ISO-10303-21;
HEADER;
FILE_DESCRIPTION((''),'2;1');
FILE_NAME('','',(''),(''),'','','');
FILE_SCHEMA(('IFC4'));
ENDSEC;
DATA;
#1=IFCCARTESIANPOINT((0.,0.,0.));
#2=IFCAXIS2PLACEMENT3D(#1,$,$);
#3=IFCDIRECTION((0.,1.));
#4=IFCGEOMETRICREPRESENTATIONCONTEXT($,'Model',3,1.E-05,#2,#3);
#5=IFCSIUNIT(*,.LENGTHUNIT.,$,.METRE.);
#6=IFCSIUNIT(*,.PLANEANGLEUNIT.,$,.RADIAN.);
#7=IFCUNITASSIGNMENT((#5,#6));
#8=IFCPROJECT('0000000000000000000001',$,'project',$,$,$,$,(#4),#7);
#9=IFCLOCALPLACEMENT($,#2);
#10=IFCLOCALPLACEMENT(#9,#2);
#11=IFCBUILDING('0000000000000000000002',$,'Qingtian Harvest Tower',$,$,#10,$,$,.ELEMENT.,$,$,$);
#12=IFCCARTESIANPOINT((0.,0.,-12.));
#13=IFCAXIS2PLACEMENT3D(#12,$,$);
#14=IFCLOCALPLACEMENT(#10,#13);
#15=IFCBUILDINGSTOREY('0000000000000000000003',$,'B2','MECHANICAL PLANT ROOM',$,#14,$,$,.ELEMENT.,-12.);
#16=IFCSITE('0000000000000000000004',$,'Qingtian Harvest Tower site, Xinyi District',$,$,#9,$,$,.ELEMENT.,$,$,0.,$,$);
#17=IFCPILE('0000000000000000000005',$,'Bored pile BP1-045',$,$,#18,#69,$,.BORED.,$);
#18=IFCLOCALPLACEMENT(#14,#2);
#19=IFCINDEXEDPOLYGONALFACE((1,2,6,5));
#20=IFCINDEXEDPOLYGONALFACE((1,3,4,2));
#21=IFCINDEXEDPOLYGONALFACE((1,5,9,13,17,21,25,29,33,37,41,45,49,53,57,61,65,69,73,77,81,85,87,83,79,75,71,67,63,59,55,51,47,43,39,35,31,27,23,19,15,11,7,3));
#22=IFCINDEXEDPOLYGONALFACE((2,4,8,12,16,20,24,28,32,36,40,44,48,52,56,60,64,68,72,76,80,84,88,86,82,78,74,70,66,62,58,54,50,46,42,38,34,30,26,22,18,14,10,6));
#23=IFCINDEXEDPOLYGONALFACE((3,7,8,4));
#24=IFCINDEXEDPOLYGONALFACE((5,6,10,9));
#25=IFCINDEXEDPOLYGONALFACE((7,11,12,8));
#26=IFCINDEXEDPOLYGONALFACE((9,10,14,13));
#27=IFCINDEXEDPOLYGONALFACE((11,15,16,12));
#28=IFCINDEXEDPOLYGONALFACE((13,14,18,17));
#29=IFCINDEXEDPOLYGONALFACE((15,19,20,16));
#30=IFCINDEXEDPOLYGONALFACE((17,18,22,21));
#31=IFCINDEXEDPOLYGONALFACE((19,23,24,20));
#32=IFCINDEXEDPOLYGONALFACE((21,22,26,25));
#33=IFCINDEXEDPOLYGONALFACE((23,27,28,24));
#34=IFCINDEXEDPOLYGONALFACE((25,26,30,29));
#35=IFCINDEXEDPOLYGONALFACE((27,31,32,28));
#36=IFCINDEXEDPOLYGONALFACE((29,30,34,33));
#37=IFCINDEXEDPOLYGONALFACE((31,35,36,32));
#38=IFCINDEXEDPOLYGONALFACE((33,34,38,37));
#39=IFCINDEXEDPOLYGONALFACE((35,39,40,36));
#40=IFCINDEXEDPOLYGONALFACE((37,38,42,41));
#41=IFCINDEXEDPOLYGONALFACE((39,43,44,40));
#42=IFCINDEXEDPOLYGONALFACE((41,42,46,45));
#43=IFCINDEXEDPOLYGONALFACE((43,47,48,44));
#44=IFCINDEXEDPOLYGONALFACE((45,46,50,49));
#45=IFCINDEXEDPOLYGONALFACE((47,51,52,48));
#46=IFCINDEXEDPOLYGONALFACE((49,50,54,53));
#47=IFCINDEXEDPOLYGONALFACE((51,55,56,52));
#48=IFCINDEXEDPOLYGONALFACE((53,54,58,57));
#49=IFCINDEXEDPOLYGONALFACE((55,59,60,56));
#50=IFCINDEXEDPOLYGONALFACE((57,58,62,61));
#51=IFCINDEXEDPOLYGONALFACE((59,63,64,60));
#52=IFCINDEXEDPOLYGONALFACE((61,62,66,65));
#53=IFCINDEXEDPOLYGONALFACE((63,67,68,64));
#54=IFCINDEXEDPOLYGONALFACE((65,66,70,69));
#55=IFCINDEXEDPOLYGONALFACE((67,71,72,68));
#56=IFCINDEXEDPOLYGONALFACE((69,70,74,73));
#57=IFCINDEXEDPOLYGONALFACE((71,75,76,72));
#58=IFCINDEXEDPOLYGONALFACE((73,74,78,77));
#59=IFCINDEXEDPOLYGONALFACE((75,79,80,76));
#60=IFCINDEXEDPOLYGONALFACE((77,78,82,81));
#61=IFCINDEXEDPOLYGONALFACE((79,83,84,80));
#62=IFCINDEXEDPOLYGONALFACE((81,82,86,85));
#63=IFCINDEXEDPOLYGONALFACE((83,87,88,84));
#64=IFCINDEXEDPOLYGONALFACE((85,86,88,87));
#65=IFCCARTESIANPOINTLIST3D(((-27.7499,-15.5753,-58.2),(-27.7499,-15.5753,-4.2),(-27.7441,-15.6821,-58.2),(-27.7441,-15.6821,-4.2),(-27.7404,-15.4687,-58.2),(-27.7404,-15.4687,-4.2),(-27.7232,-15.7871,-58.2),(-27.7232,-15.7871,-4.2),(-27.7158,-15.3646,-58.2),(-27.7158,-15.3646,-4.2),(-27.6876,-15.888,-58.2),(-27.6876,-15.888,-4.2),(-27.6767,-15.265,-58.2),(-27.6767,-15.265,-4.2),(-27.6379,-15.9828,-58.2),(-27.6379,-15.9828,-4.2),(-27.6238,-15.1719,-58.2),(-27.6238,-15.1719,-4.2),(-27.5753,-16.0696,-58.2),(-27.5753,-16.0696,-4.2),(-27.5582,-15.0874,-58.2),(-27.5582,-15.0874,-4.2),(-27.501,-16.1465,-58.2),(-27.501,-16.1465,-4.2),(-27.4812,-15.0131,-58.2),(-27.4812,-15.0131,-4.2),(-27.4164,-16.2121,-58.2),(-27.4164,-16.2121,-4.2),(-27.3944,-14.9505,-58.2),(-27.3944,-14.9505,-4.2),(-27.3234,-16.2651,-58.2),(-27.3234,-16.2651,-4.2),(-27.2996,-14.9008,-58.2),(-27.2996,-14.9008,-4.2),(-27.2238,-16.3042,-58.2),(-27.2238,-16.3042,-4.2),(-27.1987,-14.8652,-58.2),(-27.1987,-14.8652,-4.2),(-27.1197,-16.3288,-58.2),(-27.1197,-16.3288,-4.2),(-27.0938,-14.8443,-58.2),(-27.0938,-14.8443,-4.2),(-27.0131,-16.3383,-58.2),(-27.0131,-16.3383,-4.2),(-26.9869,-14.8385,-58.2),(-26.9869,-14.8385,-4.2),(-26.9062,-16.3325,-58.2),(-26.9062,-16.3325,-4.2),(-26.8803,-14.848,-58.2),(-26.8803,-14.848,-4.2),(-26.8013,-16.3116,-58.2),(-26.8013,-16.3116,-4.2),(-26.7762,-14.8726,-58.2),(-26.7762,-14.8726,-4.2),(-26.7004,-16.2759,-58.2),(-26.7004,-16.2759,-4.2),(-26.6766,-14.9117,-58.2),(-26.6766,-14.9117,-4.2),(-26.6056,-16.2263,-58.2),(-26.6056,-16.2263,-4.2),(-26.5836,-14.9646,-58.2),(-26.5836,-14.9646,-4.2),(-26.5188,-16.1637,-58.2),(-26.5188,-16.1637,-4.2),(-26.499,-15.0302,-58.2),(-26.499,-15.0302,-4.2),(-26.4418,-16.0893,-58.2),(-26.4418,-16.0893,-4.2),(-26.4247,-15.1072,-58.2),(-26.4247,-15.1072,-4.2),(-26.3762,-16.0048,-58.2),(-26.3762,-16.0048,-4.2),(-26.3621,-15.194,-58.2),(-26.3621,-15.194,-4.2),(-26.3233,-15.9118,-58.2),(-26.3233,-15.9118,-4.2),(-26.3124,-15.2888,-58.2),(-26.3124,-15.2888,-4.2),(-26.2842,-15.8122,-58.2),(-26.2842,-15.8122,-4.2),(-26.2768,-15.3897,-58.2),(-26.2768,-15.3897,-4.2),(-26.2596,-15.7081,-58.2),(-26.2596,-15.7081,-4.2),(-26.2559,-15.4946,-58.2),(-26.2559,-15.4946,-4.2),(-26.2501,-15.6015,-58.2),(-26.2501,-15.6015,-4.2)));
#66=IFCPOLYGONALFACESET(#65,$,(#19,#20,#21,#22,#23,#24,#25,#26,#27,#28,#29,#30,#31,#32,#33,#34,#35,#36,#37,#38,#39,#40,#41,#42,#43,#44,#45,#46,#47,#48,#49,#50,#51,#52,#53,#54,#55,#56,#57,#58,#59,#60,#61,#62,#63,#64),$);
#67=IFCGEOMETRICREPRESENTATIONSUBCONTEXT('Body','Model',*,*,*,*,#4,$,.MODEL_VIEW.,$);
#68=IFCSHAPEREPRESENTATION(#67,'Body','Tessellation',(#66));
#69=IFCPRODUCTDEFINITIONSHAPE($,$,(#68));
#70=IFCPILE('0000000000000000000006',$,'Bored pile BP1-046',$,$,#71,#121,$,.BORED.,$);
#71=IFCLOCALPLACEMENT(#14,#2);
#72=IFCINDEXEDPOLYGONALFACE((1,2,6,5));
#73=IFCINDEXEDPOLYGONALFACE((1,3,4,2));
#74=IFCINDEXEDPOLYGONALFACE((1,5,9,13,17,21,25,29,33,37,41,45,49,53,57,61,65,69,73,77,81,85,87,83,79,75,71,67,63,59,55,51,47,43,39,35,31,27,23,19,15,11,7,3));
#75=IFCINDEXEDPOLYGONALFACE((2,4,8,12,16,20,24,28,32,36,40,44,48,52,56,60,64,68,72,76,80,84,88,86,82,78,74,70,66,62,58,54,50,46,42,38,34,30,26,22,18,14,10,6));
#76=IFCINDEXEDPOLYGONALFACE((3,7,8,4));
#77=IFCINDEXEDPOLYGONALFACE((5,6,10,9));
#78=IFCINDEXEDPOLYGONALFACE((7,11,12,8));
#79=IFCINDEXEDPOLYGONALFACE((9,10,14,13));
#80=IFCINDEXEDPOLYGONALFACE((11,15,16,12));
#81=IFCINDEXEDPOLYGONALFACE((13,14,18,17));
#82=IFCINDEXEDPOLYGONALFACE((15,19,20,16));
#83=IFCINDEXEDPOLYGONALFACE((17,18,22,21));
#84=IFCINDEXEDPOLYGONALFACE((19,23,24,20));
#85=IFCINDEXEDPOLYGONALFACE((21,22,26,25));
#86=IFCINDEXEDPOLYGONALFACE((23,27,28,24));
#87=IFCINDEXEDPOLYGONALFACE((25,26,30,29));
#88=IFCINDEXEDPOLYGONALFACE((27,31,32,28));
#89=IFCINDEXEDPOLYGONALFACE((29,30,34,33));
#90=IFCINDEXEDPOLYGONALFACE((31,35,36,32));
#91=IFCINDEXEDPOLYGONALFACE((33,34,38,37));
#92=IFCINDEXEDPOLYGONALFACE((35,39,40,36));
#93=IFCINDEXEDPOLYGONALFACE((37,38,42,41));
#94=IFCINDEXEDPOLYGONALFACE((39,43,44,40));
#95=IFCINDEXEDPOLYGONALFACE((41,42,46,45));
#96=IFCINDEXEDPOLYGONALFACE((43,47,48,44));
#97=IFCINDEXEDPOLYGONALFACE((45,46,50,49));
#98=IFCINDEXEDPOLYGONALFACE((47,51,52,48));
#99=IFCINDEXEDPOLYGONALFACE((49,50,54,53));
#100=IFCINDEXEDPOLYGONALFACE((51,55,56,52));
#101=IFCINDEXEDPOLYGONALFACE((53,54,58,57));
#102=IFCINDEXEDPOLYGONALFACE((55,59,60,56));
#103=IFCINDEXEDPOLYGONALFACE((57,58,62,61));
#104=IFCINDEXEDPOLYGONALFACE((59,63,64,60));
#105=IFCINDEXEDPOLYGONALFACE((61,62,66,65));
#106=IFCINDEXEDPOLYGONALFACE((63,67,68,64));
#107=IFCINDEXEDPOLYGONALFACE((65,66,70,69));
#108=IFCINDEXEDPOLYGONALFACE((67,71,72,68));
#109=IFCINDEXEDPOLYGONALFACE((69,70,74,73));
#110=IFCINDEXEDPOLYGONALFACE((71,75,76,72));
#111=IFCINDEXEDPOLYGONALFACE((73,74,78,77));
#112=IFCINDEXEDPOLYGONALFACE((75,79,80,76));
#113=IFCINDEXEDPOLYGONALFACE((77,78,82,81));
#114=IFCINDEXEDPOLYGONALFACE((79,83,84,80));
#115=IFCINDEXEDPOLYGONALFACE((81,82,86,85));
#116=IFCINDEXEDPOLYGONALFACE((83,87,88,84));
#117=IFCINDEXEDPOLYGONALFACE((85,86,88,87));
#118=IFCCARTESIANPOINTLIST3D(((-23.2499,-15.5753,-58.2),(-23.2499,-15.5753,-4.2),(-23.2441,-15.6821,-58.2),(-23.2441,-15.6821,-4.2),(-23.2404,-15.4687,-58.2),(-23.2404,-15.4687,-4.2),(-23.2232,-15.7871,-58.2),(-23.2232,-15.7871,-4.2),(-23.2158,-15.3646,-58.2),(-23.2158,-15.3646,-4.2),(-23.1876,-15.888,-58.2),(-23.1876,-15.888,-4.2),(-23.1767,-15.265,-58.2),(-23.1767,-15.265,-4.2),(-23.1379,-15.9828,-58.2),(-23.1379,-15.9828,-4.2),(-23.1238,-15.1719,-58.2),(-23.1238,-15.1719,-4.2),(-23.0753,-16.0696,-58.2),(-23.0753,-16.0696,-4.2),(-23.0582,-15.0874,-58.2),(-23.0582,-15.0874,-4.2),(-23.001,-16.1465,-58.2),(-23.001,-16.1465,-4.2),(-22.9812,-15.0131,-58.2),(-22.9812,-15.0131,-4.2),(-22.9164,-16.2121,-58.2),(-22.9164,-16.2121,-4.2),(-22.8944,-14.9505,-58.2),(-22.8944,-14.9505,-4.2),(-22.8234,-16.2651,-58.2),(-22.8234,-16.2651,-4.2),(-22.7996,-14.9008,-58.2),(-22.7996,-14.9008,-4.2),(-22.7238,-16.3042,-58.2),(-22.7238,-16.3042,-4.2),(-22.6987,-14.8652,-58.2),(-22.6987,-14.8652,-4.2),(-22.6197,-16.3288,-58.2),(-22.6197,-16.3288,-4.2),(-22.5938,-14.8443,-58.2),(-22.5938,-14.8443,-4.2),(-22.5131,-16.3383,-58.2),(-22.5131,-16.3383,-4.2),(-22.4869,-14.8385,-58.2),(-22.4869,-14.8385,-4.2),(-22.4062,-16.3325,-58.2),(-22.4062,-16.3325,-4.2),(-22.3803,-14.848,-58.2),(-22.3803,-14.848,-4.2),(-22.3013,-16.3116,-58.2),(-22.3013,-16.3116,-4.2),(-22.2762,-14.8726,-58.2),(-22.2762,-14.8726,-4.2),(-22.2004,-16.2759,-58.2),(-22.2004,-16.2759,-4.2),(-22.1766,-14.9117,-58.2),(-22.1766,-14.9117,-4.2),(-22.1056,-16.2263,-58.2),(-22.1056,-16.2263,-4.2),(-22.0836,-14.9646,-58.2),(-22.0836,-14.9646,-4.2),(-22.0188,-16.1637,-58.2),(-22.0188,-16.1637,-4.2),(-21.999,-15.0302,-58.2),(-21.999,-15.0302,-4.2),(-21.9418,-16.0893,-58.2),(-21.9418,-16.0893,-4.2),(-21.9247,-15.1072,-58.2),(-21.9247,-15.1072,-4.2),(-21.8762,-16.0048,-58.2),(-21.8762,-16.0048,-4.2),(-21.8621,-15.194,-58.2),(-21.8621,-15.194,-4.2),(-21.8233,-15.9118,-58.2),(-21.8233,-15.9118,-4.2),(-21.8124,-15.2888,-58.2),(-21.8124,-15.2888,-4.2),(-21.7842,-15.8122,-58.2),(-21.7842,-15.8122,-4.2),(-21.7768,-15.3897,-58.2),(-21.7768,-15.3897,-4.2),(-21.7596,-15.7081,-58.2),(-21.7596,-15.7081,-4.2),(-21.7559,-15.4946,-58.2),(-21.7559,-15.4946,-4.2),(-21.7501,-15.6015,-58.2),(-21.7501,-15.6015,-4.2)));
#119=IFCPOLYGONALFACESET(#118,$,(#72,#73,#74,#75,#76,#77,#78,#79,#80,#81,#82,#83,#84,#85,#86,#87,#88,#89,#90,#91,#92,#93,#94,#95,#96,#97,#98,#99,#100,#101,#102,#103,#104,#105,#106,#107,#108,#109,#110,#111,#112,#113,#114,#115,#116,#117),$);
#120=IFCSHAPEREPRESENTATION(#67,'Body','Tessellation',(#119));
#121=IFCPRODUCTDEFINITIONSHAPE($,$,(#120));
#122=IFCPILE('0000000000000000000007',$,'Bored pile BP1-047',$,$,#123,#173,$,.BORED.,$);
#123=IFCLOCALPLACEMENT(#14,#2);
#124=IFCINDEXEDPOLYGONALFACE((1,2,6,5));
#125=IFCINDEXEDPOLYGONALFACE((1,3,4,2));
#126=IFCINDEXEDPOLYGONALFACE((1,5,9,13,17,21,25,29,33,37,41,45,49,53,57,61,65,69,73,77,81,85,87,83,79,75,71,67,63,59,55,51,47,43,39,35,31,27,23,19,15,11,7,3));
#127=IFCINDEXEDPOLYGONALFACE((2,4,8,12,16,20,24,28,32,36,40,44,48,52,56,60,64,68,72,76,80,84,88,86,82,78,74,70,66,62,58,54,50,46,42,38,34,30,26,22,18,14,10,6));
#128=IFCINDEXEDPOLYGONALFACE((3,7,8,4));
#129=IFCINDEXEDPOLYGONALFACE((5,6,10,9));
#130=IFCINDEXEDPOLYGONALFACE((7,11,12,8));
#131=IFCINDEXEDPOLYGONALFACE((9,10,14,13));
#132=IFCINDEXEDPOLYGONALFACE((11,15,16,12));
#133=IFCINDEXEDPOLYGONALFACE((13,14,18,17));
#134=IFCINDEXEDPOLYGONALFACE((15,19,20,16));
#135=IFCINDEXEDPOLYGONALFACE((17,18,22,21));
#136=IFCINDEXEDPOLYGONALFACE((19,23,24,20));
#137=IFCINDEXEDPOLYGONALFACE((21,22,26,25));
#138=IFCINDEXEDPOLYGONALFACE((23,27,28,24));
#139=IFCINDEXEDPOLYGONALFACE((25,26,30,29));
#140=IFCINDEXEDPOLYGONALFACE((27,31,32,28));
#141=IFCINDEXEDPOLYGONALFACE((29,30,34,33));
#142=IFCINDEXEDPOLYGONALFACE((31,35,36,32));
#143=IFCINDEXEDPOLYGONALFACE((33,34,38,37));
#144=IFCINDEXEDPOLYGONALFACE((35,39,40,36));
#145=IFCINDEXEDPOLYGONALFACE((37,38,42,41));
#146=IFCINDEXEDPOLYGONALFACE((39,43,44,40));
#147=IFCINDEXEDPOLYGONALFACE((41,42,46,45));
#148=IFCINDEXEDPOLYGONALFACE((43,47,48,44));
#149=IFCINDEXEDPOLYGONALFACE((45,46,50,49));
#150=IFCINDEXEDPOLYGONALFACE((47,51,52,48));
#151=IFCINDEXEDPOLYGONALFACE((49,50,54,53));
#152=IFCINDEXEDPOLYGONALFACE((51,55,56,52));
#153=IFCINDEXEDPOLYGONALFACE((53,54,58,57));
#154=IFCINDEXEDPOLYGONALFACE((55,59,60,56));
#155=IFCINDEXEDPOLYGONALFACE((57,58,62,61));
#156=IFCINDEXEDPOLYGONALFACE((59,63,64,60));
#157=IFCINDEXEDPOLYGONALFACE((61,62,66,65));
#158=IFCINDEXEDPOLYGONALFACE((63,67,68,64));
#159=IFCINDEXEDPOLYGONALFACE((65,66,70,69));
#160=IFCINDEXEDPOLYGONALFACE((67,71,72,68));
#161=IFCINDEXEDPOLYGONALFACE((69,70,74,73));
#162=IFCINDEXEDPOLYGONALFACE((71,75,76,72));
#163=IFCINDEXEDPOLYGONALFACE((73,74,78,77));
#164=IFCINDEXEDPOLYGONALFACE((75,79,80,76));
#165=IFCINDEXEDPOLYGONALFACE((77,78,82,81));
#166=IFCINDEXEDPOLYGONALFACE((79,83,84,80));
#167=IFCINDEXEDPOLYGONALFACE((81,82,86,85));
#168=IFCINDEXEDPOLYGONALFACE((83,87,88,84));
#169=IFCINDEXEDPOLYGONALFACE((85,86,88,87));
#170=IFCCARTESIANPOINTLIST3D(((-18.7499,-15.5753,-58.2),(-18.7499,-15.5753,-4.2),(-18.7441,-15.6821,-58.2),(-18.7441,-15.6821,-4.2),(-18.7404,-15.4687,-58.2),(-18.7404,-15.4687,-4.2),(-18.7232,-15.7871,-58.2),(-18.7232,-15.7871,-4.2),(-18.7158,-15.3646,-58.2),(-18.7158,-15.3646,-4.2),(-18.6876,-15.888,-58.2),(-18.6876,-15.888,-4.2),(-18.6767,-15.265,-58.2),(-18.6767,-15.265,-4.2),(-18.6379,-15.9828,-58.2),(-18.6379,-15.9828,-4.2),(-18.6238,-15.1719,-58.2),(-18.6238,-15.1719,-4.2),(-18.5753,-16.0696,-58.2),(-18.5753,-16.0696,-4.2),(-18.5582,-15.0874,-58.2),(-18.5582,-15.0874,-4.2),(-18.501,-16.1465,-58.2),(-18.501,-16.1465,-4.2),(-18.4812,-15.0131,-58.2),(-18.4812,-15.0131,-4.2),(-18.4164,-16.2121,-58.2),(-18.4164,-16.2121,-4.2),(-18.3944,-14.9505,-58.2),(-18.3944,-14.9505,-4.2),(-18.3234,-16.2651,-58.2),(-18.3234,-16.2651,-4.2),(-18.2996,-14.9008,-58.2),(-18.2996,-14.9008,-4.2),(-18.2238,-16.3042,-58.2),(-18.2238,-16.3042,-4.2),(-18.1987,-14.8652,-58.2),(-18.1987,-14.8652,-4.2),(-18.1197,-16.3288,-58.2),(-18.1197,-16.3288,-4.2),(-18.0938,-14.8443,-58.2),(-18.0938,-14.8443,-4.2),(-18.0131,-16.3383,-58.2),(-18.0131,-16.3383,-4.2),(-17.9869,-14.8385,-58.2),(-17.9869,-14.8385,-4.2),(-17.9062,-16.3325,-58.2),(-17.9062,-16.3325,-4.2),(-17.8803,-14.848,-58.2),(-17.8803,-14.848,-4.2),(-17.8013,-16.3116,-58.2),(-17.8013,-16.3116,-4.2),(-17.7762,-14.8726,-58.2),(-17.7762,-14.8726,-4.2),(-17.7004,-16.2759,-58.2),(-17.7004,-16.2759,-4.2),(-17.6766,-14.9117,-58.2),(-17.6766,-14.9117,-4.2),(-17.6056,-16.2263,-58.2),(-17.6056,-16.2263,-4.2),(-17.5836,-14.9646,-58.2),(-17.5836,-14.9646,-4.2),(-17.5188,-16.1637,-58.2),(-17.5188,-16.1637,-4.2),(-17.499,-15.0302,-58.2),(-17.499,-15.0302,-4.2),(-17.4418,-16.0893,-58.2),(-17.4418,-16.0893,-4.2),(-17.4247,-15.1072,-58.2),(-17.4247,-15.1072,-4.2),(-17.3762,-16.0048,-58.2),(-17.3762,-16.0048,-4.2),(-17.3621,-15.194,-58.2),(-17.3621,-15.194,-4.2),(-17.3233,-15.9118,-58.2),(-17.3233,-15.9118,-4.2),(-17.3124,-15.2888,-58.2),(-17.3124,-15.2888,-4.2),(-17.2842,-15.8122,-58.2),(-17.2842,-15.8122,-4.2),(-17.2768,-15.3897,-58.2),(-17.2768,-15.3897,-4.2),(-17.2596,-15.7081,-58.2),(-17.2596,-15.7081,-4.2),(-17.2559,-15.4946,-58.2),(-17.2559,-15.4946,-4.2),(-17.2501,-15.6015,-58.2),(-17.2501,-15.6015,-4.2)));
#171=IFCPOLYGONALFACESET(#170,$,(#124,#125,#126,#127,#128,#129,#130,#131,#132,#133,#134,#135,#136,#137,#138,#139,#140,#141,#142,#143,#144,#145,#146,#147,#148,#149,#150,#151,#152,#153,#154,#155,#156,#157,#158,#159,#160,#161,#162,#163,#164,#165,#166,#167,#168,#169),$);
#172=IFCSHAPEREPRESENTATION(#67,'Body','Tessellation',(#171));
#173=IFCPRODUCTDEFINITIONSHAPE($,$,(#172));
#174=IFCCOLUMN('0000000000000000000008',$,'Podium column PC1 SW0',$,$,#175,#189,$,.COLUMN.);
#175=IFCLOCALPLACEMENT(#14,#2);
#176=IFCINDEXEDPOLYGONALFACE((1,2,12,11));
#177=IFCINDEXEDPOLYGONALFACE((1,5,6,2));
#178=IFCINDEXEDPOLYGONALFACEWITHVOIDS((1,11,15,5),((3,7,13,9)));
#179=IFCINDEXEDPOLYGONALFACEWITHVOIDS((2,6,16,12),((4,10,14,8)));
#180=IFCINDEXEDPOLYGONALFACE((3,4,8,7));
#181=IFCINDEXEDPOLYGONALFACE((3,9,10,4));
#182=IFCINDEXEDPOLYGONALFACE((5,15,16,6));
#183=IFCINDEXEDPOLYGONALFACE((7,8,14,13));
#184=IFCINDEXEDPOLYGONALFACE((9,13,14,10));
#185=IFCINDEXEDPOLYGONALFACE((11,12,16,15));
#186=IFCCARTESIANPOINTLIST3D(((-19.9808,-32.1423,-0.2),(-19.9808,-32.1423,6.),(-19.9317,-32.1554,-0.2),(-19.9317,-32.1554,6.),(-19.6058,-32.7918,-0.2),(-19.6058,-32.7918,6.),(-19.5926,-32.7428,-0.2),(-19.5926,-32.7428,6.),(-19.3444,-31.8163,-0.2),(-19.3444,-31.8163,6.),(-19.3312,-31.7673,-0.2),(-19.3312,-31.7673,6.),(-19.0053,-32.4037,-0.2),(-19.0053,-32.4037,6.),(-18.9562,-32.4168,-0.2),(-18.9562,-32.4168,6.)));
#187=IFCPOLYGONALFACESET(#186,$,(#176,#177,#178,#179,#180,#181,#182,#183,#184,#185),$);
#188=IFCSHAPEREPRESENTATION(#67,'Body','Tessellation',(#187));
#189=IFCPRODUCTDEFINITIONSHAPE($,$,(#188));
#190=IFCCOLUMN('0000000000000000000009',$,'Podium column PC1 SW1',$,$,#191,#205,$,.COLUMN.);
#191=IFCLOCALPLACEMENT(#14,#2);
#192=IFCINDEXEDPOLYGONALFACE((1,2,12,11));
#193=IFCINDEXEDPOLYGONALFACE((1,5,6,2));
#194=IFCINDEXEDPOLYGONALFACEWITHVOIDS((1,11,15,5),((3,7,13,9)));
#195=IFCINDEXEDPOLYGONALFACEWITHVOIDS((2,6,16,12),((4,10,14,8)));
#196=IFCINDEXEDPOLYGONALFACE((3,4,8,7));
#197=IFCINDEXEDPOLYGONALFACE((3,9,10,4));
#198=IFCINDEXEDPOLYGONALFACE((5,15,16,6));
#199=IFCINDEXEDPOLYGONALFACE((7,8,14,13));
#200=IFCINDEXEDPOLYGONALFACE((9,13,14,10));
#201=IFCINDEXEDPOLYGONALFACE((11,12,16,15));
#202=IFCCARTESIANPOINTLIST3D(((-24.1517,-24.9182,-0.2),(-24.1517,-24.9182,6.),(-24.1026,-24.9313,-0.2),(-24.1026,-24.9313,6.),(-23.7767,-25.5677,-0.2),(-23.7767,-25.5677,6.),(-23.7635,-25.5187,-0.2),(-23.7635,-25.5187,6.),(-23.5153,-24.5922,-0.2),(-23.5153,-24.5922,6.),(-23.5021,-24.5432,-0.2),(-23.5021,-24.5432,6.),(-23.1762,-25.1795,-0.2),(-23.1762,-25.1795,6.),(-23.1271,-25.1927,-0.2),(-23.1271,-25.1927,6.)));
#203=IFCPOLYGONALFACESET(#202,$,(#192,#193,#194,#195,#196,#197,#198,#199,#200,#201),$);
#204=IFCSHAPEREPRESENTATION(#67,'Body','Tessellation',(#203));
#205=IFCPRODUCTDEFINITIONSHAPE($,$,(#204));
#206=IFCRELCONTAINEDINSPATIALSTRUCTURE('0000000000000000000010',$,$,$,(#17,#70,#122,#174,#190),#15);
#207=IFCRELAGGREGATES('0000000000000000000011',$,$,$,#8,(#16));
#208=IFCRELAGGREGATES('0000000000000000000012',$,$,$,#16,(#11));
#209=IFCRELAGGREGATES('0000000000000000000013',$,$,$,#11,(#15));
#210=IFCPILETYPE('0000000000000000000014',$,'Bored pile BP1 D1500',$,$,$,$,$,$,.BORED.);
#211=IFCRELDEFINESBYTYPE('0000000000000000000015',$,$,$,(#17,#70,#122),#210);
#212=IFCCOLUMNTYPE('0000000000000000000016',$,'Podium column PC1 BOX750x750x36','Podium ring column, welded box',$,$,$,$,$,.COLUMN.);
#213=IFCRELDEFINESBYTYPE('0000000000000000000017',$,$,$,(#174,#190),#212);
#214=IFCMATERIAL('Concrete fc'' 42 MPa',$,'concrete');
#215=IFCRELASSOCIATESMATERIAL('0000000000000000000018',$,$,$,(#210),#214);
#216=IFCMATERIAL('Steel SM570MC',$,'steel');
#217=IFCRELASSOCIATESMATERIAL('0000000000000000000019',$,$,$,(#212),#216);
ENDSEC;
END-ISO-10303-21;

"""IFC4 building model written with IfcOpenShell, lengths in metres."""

from ifc_helpers import new_model, si_unit, direction, frame, frame_2d, origin, origin_2d, place, context, subcontext, project, spatial, hollow_rectangle, circle, extrude, material, material_profile, profile_set, type_object, element, save


model = new_model("IFC4")

# Units and contexts
model_context = context("Model", 3, precision=1e-05, world=origin(), true_north=direction((0.0, 1.0)))
body_context = subcontext(model_context, "Body", "Model", "MODEL_VIEW")
ifc_project = project(units=[si_unit("LENGTHUNIT", "METRE"), si_unit("PLANEANGLEUNIT", "RADIAN")], contexts=[model_context])

# Site, building, storey
site_placement = place(None, origin())
site = spatial("IfcSite", under=ifc_project, at=site_placement, Name="Qingtian Harvest Tower site, Xinyi District", CompositionType="ELEMENT", RefElevation=0.0)
building_placement = place(site_placement, origin())
building = spatial("IfcBuilding", under=site, at=building_placement, Name="Qingtian Harvest Tower", CompositionType="ELEMENT")
storey_placement = place(building_placement, frame((0.0, 0.0, -12.0)))
storey = spatial("IfcBuildingStorey", under=building, at=storey_placement, Name="B2", Description="MECHANICAL PLANT ROOM", CompositionType="ELEMENT", Elevation=-12.0)

# Piles
ifc_material_1 = material(Name="Concrete fc' 42 MPa", Category="concrete")
ifc_material_profile_1 = material_profile(ifc_material_1, circle(Radius=0.75, at=frame_2d((0.0, 0.0), x_axis=(0.999848, 0.017452))), Name="Bored pile BP1 D1500")
ifc_profile_set_1 = profile_set([ifc_material_profile_1], Name="Concrete fc' 42 MPa")
pile_type = type_object("IfcPileType", Name="Bored pile BP1 D1500", PredefinedType="BORED", material=ifc_profile_set_1)
for number, where, z_axis, x_axis, name in (
    (1, (-27.0, -15.5884, -4.2), (0.0, 0.0, -1.0), (1.0, 0.0, 0.0), "Bored pile BP1-045"),
    (2, (-22.5, -15.5884, -4.2), (0.0, 0.0, -1.0), (1.0, 0.0, 0.0), "Bored pile BP1-046"),
    (3, (-18.0, -15.5884, -4.2), (0.0, 0.0, -1.0), (1.0, 0.0, 0.0), "Bored pile BP1-047"),
):
    element("IfcPile", number, at=place(storey_placement, frame(where, z_axis=z_axis, x_axis=x_axis)), inside=storey, type_object=pile_type, Name=name, PredefinedType="BORED", context=body_context, shape_type="SweptSolid", body=[
        extrude(circle(Radius=0.75, at=frame_2d((0.0, 0.0), x_axis=(0.999848, 0.017452))), origin(), (0.0, 0.0, 1.0), 54.0),
    ])

# Columns
ifc_material_2 = material(Name="Steel SM570MC", Category="steel")
ifc_material_profile_2 = material_profile(ifc_material_2, hollow_rectangle(XDim=0.75, YDim=0.75, WallThickness=0.0359, at=origin_2d()), Name="BOX750x750x36")
ifc_profile_set_2 = profile_set([ifc_material_profile_2], Name="Steel SM570MC")
column_type_1 = type_object("IfcColumnType", Name="Podium column PC1 BOX750x750x36", Description="Podium ring column, welded box", PredefinedType="COLUMN", material=ifc_profile_set_2)
for number, where, z_axis, x_axis, name in (
    (4, (-19.4685, -32.2795, -0.2), (0.0, 0.0, 1.0), (0.5, -0.866025, 0.0), "Podium column PC1 SW0"),
    (5, (-23.6394, -25.0554, -0.2), (0.0, 0.0, 1.0), (0.5, -0.866025, 0.0), "Podium column PC1 SW1"),
):
    element("IfcColumn", number, at=place(storey_placement, frame(where, z_axis=z_axis, x_axis=x_axis)), inside=storey, type_object=column_type_1, Name=name, PredefinedType="COLUMN", context=body_context, shape_type="SweptSolid", body=[
        extrude(hollow_rectangle(XDim=0.75, YDim=0.75, WallThickness=0.0359, at=origin_2d()), origin(), (0.0, 0.0, 1.0), 6.2),
    ])

save(model, "model.ifc")
